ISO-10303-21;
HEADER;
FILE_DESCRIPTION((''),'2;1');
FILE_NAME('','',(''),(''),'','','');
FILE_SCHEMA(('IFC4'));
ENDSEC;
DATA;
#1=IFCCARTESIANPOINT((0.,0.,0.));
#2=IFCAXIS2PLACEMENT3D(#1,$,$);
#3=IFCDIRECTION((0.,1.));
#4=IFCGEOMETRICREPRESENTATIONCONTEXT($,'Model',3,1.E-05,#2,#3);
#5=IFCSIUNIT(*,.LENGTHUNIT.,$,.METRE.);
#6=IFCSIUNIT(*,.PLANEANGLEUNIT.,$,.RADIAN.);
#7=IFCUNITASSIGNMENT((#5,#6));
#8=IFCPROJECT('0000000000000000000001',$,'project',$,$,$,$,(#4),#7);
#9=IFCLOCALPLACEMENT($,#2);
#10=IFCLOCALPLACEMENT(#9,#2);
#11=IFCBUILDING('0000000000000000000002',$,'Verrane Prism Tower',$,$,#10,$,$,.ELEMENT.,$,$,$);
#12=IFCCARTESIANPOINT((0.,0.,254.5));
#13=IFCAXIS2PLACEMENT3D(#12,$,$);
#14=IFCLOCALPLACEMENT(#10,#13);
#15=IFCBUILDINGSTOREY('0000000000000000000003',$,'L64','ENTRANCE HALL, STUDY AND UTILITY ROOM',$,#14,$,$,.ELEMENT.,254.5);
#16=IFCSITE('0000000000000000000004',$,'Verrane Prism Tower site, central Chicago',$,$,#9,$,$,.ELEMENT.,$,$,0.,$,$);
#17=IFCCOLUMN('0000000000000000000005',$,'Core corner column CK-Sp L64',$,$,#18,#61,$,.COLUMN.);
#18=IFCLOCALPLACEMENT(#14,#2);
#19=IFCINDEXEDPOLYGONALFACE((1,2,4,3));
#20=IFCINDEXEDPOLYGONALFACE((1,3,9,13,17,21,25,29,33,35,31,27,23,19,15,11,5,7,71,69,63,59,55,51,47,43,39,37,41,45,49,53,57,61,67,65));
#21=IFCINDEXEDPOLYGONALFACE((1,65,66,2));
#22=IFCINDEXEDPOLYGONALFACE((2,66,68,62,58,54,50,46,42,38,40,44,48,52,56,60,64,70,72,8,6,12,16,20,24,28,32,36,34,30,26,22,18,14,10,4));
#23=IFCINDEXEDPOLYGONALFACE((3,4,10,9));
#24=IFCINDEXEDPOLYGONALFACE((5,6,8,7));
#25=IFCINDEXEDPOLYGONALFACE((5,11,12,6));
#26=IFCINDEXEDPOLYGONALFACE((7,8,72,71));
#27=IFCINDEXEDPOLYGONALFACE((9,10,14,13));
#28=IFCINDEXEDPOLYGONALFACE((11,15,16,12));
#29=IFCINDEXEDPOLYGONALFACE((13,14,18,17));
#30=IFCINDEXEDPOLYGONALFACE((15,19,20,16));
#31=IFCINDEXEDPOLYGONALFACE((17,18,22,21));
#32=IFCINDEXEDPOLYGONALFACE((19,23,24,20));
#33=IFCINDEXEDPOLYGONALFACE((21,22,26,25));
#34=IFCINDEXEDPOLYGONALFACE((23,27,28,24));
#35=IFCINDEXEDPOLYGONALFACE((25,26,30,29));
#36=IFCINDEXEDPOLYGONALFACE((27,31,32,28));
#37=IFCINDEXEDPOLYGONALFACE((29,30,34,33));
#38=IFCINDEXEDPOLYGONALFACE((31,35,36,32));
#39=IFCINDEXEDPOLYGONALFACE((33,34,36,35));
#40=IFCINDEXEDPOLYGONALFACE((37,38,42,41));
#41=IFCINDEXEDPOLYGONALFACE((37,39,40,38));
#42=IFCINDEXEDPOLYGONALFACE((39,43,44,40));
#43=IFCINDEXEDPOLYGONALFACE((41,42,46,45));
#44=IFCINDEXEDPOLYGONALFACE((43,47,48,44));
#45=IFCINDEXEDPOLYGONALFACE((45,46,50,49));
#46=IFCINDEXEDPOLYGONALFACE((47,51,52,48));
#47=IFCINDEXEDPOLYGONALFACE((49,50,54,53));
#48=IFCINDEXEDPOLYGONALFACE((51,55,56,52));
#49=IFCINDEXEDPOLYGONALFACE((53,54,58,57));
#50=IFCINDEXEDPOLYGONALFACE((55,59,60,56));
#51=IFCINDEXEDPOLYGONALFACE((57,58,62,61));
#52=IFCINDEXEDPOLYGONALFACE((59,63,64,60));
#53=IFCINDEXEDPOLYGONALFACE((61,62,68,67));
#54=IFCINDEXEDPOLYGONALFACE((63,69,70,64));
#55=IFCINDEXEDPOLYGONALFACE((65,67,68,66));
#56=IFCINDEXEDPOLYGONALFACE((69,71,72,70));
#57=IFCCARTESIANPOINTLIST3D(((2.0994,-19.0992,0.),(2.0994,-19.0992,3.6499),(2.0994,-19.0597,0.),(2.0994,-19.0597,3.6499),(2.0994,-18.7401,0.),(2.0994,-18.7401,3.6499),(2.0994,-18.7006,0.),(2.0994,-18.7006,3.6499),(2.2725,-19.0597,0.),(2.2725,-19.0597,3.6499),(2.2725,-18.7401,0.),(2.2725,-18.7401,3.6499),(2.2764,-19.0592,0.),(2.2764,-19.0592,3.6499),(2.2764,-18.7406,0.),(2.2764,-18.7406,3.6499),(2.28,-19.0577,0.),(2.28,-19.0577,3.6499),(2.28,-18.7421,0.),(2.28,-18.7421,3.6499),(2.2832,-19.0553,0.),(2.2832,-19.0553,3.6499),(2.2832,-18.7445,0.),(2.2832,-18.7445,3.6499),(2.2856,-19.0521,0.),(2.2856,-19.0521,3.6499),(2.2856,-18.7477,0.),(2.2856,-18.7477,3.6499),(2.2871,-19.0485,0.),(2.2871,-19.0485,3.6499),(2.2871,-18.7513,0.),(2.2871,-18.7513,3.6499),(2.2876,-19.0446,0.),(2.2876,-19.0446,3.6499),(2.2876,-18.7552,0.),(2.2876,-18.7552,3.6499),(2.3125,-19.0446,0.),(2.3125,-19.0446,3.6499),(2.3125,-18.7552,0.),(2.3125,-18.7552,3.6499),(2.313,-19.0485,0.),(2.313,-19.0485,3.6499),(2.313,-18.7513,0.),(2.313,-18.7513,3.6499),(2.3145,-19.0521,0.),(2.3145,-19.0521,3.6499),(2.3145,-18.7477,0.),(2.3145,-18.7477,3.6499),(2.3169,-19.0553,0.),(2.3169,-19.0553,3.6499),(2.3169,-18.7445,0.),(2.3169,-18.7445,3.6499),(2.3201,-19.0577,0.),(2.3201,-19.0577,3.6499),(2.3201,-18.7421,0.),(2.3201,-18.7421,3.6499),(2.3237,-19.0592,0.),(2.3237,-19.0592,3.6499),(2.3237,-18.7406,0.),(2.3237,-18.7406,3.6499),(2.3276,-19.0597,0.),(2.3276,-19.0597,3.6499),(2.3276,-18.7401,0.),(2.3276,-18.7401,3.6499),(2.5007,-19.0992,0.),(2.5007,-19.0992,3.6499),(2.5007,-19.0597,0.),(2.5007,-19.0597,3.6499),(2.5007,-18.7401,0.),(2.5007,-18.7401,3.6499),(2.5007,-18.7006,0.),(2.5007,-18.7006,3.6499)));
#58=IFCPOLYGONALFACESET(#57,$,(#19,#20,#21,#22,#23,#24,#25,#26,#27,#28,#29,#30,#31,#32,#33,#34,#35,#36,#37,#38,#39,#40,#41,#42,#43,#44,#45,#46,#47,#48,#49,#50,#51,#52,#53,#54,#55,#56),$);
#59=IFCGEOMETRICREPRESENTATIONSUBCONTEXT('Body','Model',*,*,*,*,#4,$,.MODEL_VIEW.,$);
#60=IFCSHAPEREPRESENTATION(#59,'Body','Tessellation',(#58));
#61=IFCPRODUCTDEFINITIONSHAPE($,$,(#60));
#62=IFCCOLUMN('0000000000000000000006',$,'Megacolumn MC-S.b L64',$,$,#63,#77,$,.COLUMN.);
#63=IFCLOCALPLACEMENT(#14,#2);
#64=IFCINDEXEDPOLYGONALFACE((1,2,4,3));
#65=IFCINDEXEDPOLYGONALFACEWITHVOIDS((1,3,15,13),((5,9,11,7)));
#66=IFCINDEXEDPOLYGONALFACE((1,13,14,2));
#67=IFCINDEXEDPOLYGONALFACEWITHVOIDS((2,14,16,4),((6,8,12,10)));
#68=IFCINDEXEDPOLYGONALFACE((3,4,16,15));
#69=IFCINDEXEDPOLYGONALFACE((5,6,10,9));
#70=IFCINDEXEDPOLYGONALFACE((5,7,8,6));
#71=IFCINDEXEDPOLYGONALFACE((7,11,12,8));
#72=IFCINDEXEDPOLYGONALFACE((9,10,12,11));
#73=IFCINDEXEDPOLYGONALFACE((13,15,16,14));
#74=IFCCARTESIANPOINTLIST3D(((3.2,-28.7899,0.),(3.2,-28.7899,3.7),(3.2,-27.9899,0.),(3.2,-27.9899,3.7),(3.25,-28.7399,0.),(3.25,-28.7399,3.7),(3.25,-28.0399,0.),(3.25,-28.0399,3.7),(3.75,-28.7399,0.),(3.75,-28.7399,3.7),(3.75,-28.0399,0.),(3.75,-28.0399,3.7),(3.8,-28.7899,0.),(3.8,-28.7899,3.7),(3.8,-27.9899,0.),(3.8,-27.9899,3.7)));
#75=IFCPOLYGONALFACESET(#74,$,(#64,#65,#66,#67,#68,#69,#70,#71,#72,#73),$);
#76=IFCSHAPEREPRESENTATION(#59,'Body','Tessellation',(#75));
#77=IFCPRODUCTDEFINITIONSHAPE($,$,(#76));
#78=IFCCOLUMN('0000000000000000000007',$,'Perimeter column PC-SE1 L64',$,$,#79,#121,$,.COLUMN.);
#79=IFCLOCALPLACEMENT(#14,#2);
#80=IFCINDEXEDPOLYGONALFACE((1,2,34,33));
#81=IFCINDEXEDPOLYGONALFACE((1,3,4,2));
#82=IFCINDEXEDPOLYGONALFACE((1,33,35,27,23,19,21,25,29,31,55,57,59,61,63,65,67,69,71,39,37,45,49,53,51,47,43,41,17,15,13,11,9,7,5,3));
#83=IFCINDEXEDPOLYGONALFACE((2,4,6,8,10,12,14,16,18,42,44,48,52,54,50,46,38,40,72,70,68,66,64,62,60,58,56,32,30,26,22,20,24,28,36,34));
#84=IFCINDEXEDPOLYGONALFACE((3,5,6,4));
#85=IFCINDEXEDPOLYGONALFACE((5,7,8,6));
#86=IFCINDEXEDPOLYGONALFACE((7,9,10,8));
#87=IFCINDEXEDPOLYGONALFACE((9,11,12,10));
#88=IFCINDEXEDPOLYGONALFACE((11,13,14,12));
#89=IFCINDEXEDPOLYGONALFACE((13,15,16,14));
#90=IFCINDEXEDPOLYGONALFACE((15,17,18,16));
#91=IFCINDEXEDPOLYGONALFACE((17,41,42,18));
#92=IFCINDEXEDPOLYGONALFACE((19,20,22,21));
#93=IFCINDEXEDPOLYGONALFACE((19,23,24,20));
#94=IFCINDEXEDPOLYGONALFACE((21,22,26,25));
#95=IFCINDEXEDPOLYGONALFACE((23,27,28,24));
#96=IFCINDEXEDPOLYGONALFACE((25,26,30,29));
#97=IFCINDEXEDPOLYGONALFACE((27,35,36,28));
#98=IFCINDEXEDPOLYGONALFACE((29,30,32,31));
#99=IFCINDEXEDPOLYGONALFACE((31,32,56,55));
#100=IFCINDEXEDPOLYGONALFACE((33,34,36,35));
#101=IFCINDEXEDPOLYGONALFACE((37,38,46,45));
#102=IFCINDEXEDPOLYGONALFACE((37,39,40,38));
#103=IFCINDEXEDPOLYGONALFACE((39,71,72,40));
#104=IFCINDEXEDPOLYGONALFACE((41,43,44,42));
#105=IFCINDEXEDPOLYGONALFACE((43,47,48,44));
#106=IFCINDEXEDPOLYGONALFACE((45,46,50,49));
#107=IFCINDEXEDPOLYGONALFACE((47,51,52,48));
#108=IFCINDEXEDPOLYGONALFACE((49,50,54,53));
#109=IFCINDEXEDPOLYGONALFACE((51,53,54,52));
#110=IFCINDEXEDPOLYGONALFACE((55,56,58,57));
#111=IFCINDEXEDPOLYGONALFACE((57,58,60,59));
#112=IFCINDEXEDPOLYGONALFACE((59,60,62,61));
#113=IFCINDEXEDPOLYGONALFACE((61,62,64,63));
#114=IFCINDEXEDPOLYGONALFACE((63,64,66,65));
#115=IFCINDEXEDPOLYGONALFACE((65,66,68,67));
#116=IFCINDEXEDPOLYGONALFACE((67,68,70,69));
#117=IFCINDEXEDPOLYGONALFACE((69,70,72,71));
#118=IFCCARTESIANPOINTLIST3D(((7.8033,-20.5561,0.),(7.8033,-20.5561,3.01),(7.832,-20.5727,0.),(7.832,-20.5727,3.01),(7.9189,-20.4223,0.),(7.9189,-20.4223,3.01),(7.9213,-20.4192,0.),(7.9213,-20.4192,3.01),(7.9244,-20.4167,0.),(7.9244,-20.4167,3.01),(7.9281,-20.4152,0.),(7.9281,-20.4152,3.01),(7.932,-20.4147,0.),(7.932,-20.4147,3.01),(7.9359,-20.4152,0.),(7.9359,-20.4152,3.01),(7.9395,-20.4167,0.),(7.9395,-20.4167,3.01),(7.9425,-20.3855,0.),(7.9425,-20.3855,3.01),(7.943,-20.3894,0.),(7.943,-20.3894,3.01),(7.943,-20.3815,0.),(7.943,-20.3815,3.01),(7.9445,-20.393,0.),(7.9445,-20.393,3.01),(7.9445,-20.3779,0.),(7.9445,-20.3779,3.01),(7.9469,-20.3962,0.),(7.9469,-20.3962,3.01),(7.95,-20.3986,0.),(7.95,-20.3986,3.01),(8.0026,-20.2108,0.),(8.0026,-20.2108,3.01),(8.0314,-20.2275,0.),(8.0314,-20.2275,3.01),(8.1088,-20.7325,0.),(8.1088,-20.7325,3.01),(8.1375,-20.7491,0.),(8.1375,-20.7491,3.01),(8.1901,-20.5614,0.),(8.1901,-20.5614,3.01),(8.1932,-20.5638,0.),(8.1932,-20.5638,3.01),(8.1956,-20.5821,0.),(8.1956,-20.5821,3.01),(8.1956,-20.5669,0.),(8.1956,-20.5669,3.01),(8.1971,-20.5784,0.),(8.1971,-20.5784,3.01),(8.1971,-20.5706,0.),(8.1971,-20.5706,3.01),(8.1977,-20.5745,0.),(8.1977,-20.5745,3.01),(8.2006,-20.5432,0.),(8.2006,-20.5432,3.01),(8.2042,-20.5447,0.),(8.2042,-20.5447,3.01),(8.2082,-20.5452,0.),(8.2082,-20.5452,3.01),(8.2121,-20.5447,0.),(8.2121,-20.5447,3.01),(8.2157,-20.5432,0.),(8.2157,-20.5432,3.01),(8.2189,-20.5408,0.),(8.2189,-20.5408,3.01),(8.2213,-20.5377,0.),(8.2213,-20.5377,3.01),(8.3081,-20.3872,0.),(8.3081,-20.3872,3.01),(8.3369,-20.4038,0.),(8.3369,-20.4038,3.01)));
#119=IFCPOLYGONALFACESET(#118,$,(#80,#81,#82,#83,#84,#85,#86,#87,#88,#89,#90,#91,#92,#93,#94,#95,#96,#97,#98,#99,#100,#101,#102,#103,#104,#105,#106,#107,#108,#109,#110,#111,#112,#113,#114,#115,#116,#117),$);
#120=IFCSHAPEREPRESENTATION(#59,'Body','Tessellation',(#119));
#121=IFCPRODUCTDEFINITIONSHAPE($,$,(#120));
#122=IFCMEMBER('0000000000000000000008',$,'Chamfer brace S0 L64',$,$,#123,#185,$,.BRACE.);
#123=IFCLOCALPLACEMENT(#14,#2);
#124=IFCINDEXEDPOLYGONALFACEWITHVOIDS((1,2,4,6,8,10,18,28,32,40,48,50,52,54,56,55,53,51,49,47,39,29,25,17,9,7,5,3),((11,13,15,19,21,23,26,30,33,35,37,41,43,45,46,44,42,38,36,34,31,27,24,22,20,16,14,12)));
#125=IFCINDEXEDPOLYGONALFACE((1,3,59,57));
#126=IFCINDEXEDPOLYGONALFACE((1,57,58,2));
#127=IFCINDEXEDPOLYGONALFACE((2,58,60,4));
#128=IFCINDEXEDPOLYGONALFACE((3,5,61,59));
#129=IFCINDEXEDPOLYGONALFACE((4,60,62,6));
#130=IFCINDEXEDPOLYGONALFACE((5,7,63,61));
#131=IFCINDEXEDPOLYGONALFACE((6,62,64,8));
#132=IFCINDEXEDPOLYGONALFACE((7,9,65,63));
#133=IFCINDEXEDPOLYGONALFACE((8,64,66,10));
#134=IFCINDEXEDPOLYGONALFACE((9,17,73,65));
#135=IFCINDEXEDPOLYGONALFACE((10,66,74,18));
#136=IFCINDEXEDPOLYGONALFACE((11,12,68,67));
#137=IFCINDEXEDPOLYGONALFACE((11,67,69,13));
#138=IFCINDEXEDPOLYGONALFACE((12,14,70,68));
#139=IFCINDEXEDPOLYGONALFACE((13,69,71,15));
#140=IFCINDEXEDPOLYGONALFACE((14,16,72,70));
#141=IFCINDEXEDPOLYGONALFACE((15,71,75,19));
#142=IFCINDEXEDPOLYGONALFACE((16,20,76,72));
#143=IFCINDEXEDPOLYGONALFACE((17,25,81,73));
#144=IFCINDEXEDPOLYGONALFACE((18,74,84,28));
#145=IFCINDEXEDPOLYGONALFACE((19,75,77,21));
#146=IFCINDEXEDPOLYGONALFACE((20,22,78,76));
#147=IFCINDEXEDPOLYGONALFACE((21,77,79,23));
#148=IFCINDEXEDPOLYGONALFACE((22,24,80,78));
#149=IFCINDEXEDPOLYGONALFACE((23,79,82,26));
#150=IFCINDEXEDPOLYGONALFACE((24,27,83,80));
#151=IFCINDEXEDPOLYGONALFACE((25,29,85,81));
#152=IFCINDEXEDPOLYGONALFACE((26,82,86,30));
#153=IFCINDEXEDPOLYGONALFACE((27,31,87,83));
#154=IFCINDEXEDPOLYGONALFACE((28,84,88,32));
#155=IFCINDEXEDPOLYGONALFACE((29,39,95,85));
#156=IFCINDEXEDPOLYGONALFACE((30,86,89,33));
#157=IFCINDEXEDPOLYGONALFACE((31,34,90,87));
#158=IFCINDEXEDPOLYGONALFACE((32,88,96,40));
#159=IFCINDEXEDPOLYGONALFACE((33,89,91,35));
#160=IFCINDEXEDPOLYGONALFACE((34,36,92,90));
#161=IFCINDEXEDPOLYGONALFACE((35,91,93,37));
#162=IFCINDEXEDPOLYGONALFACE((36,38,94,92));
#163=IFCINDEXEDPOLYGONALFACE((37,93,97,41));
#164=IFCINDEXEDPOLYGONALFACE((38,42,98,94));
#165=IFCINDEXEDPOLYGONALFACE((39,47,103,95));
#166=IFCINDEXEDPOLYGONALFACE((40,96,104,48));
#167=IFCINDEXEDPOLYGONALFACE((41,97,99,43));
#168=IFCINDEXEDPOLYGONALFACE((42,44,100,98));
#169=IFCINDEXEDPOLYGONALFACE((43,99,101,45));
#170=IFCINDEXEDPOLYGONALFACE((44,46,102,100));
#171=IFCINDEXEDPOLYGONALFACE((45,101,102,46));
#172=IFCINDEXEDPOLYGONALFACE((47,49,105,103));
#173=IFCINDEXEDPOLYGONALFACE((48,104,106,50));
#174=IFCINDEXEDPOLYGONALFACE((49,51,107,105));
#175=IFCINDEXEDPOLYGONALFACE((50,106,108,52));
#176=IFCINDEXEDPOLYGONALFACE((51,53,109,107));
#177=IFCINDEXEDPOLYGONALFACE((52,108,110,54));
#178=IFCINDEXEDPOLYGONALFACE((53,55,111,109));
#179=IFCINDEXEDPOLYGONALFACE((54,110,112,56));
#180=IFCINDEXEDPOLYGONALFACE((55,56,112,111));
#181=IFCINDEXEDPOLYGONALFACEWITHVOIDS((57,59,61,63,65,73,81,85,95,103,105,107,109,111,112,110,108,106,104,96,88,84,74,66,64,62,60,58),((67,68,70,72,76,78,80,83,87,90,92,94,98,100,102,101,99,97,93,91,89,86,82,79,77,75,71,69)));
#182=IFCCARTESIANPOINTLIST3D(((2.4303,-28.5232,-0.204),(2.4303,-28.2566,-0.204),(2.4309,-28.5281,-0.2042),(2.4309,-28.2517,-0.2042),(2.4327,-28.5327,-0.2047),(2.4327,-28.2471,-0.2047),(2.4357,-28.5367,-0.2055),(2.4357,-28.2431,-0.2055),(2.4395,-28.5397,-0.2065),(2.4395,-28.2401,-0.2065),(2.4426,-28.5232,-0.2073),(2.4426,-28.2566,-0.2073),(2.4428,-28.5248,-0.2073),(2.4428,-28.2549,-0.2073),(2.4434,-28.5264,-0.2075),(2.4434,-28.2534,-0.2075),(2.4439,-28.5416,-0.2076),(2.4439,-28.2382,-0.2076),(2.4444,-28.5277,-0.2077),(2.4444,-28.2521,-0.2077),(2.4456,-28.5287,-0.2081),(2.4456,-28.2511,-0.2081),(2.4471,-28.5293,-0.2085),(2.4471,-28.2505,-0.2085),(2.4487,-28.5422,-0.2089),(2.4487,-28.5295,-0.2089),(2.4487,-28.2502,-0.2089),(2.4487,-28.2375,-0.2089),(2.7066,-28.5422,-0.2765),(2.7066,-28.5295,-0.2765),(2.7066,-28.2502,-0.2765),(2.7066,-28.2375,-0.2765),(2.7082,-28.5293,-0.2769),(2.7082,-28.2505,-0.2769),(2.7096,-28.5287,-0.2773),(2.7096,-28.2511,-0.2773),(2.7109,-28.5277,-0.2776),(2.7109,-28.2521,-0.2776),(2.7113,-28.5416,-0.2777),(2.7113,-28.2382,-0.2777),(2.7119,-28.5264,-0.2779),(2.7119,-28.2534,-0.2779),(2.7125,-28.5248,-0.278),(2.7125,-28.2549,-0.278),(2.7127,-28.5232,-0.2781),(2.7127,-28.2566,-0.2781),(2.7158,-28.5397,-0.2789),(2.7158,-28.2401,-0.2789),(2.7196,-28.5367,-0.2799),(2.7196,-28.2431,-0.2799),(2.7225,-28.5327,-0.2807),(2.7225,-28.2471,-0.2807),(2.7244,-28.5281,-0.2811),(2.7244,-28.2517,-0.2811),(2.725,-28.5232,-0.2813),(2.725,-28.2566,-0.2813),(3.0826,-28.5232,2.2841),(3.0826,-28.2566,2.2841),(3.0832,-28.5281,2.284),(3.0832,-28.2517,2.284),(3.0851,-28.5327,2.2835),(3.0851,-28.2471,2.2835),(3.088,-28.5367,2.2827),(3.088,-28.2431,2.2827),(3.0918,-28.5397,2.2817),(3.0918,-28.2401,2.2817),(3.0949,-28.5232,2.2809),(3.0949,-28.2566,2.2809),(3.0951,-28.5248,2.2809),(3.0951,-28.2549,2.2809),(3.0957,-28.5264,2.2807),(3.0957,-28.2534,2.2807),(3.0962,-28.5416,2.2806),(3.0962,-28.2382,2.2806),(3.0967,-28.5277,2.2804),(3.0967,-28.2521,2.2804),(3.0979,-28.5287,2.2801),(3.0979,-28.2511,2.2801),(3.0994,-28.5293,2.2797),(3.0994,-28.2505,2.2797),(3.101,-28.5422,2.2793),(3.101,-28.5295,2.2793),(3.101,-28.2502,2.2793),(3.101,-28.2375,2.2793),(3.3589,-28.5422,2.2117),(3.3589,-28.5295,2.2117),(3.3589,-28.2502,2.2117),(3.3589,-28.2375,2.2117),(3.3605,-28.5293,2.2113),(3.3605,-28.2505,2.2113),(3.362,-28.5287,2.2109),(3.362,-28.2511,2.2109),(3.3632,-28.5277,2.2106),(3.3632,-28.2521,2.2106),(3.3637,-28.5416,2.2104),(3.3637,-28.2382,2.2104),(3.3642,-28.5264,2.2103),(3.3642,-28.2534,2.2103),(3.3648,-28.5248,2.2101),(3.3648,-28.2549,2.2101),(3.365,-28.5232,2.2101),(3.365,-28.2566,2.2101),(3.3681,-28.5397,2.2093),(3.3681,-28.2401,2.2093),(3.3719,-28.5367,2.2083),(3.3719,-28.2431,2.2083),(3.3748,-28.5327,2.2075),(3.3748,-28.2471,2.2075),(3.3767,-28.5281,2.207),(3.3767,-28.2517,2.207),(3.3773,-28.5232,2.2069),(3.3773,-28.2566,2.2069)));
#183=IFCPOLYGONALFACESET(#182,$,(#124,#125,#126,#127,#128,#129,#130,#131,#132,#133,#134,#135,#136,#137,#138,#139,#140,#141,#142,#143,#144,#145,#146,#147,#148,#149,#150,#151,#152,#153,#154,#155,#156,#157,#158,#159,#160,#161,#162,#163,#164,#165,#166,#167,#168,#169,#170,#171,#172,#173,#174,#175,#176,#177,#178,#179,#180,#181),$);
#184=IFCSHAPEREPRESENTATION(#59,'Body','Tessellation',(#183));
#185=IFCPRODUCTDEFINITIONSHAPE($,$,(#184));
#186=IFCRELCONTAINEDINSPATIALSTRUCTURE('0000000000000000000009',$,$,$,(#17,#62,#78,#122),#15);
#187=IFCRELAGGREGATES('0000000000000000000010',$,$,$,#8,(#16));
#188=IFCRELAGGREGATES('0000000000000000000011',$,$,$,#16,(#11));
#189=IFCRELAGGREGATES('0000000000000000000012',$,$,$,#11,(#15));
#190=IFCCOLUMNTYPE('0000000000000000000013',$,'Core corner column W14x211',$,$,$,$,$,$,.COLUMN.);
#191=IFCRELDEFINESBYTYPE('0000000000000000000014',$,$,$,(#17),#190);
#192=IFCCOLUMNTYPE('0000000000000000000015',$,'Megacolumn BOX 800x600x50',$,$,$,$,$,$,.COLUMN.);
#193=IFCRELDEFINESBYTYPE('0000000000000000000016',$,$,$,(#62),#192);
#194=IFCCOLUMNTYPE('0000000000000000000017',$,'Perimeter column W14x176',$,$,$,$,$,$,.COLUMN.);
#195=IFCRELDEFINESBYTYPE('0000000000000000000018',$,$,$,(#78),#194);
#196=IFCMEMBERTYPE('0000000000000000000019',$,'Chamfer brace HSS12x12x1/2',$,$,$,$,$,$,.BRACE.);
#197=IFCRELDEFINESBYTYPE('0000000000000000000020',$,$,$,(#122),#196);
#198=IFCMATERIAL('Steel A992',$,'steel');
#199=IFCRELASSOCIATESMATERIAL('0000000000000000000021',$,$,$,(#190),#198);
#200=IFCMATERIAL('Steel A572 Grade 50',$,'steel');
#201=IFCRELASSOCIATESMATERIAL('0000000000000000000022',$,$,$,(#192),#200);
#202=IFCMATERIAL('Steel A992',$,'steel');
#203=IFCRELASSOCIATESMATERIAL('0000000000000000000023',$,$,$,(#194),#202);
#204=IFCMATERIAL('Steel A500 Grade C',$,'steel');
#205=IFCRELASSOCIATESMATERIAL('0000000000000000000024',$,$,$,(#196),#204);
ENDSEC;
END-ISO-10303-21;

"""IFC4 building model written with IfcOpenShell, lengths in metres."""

from ifc_helpers import new_model, si_unit, direction, frame, origin, origin_2d, place, context, subcontext, project, spatial, hollow_rectangle, i_section, extrude, material, material_profile, profile_set, type_object, element, save


model = new_model("IFC4")

# Units and contexts
model_context = context("Model", 3, precision=1e-05, world=origin(), true_north=direction((0.0, 1.0)))
body_context = subcontext(model_context, "Body", "Model", "MODEL_VIEW")
ifc_project = project(units=[si_unit("LENGTHUNIT", "METRE"), si_unit("PLANEANGLEUNIT", "RADIAN")], contexts=[model_context])

# Site, building, storey
site_placement = place(None, origin())
site = spatial("IfcSite", under=ifc_project, at=site_placement, Name="Verrane Prism Tower site, central Chicago", CompositionType="ELEMENT", RefElevation=0.0)
building_placement = place(site_placement, origin())
building = spatial("IfcBuilding", under=site, at=building_placement, Name="Verrane Prism Tower", CompositionType="ELEMENT")
storey_placement = place(building_placement, frame((0.0, 0.0, 254.5)))
storey = spatial("IfcBuildingStorey", under=building, at=storey_placement, Name="L64", Description="ENTRANCE HALL, STUDY AND UTILITY ROOM", CompositionType="ELEMENT", Elevation=254.5)

# Columns
ifc_material_1 = material(Name="Steel A992", Category="steel")
ifc_material_profile_1 = material_profile(ifc_material_1, i_section(OverallWidth=0.4014, OverallDepth=0.3987, WebThickness=0.0249, FlangeThickness=0.0396, FilletRadius=0.0151, at=origin_2d()), Name="W14x211")
ifc_profile_set_1 = profile_set([ifc_material_profile_1], Name="Steel A992")
column_type_1 = type_object("IfcColumnType", Name="Core corner column W14x211", PredefinedType="COLUMN", material=ifc_profile_set_1)
column_1_placement = place(storey_placement, frame((2.3, -18.8999, 0.0), z_axis=(0.0, 0.0, 1.0), x_axis=(-1.0, 0.0, 0.0)))
element("IfcColumn", 1, at=column_1_placement, inside=storey, type_object=column_type_1, Name="Core corner column CK-Sp L64", PredefinedType="COLUMN", context=body_context, shape_type="SweptSolid", body=[
    extrude(i_section(OverallWidth=0.4014, OverallDepth=0.3987, WebThickness=0.0249, FlangeThickness=0.0396, FilletRadius=0.0151, at=origin_2d()), origin(), (0.0, 0.0, 1.0), 3.6499),
])
ifc_material_2 = material(Name="Steel A572 Grade 50", Category="steel")
ifc_material_profile_2 = material_profile(ifc_material_2, hollow_rectangle(XDim=0.6001, YDim=0.8, WallThickness=0.05, at=origin_2d()), Name="BOX 800x600x50")
ifc_profile_set_2 = profile_set([ifc_material_profile_2], Name="Steel A572 Grade 50")
column_type_2 = type_object("IfcColumnType", Name="Megacolumn BOX 800x600x50", PredefinedType="COLUMN", material=ifc_profile_set_2)
column_2_placement = place(storey_placement, frame((3.5, -28.3899, 0.0), z_axis=(0.0, 0.0, 1.0), x_axis=(-1.0, 0.0, 0.0)))
element("IfcColumn", 2, at=column_2_placement, inside=storey, type_object=column_type_2, Name="Megacolumn MC-S.b L64", PredefinedType="COLUMN", context=body_context, shape_type="SweptSolid", body=[
    extrude(hollow_rectangle(XDim=0.6001, YDim=0.8, WallThickness=0.05, at=origin_2d()), origin(), (0.0, 0.0, 1.0), 3.7),
])
ifc_material_3 = material(Name="Steel A992", Category="steel")
ifc_material_profile_3 = material_profile(ifc_material_3, i_section(OverallWidth=0.3987, OverallDepth=0.386, WebThickness=0.021, FlangeThickness=0.0332, FilletRadius=0.0151, at=origin_2d()), Name="W14x176")
ifc_profile_set_3 = profile_set([ifc_material_profile_3], Name="Steel A992")
column_type_3 = type_object("IfcColumnType", Name="Perimeter column W14x176", PredefinedType="COLUMN", material=ifc_profile_set_3)
column_3_placement = place(storey_placement, frame((8.0701, -20.48, 0.0), z_axis=(0.0, 0.0, 1.0), x_axis=(-0.5, -0.866025, 0.0)))
element("IfcColumn", 3, at=column_3_placement, inside=storey, type_object=column_type_3, Name="Perimeter column PC-SE1 L64", PredefinedType="COLUMN", context=body_context, shape_type="SweptSolid", body=[
    extrude(i_section(OverallWidth=0.3987, OverallDepth=0.386, WebThickness=0.021, FlangeThickness=0.0332, FilletRadius=0.0151, at=origin_2d()), origin(), (0.0, 0.0, 1.0), 3.01),
])

# Member
ifc_material_4 = material(Name="Steel A500 Grade C", Category="steel")
ifc_material_profile_4 = material_profile(ifc_material_4, hollow_rectangle(XDim=0.3047, YDim=0.3047, WallThickness=0.0127, InnerFilletRadius=0.0063, OuterFilletRadius=0.019, at=origin_2d()), Name="HSS12x12x1/2")
ifc_profile_set_4 = profile_set([ifc_material_profile_4], Name="Steel A500 Grade C")
member_type_1 = type_object("IfcMemberType", Name="Chamfer brace HSS12x12x1/2", PredefinedType="BRACE", material=ifc_profile_set_4)
member_1_placement = place(storey_placement, frame((2.5776, -28.3899, -0.2427), z_axis=(0.253596, 0.0, 0.96731), x_axis=(0.0, 1.0, 0.0)))
element("IfcMember", 4, at=member_1_placement, inside=storey, type_object=member_type_1, Name="Chamfer brace S0 L64", PredefinedType="BRACE", context=body_context, shape_type="SweptSolid", body=[
    extrude(hollow_rectangle(XDim=0.3047, YDim=0.3047, WallThickness=0.0127, InnerFilletRadius=0.0063, OuterFilletRadius=0.019, at=origin_2d()), origin(), (0.0, 0.0, 1.0), 2.5723),
])

save(model, "model.ifc")
